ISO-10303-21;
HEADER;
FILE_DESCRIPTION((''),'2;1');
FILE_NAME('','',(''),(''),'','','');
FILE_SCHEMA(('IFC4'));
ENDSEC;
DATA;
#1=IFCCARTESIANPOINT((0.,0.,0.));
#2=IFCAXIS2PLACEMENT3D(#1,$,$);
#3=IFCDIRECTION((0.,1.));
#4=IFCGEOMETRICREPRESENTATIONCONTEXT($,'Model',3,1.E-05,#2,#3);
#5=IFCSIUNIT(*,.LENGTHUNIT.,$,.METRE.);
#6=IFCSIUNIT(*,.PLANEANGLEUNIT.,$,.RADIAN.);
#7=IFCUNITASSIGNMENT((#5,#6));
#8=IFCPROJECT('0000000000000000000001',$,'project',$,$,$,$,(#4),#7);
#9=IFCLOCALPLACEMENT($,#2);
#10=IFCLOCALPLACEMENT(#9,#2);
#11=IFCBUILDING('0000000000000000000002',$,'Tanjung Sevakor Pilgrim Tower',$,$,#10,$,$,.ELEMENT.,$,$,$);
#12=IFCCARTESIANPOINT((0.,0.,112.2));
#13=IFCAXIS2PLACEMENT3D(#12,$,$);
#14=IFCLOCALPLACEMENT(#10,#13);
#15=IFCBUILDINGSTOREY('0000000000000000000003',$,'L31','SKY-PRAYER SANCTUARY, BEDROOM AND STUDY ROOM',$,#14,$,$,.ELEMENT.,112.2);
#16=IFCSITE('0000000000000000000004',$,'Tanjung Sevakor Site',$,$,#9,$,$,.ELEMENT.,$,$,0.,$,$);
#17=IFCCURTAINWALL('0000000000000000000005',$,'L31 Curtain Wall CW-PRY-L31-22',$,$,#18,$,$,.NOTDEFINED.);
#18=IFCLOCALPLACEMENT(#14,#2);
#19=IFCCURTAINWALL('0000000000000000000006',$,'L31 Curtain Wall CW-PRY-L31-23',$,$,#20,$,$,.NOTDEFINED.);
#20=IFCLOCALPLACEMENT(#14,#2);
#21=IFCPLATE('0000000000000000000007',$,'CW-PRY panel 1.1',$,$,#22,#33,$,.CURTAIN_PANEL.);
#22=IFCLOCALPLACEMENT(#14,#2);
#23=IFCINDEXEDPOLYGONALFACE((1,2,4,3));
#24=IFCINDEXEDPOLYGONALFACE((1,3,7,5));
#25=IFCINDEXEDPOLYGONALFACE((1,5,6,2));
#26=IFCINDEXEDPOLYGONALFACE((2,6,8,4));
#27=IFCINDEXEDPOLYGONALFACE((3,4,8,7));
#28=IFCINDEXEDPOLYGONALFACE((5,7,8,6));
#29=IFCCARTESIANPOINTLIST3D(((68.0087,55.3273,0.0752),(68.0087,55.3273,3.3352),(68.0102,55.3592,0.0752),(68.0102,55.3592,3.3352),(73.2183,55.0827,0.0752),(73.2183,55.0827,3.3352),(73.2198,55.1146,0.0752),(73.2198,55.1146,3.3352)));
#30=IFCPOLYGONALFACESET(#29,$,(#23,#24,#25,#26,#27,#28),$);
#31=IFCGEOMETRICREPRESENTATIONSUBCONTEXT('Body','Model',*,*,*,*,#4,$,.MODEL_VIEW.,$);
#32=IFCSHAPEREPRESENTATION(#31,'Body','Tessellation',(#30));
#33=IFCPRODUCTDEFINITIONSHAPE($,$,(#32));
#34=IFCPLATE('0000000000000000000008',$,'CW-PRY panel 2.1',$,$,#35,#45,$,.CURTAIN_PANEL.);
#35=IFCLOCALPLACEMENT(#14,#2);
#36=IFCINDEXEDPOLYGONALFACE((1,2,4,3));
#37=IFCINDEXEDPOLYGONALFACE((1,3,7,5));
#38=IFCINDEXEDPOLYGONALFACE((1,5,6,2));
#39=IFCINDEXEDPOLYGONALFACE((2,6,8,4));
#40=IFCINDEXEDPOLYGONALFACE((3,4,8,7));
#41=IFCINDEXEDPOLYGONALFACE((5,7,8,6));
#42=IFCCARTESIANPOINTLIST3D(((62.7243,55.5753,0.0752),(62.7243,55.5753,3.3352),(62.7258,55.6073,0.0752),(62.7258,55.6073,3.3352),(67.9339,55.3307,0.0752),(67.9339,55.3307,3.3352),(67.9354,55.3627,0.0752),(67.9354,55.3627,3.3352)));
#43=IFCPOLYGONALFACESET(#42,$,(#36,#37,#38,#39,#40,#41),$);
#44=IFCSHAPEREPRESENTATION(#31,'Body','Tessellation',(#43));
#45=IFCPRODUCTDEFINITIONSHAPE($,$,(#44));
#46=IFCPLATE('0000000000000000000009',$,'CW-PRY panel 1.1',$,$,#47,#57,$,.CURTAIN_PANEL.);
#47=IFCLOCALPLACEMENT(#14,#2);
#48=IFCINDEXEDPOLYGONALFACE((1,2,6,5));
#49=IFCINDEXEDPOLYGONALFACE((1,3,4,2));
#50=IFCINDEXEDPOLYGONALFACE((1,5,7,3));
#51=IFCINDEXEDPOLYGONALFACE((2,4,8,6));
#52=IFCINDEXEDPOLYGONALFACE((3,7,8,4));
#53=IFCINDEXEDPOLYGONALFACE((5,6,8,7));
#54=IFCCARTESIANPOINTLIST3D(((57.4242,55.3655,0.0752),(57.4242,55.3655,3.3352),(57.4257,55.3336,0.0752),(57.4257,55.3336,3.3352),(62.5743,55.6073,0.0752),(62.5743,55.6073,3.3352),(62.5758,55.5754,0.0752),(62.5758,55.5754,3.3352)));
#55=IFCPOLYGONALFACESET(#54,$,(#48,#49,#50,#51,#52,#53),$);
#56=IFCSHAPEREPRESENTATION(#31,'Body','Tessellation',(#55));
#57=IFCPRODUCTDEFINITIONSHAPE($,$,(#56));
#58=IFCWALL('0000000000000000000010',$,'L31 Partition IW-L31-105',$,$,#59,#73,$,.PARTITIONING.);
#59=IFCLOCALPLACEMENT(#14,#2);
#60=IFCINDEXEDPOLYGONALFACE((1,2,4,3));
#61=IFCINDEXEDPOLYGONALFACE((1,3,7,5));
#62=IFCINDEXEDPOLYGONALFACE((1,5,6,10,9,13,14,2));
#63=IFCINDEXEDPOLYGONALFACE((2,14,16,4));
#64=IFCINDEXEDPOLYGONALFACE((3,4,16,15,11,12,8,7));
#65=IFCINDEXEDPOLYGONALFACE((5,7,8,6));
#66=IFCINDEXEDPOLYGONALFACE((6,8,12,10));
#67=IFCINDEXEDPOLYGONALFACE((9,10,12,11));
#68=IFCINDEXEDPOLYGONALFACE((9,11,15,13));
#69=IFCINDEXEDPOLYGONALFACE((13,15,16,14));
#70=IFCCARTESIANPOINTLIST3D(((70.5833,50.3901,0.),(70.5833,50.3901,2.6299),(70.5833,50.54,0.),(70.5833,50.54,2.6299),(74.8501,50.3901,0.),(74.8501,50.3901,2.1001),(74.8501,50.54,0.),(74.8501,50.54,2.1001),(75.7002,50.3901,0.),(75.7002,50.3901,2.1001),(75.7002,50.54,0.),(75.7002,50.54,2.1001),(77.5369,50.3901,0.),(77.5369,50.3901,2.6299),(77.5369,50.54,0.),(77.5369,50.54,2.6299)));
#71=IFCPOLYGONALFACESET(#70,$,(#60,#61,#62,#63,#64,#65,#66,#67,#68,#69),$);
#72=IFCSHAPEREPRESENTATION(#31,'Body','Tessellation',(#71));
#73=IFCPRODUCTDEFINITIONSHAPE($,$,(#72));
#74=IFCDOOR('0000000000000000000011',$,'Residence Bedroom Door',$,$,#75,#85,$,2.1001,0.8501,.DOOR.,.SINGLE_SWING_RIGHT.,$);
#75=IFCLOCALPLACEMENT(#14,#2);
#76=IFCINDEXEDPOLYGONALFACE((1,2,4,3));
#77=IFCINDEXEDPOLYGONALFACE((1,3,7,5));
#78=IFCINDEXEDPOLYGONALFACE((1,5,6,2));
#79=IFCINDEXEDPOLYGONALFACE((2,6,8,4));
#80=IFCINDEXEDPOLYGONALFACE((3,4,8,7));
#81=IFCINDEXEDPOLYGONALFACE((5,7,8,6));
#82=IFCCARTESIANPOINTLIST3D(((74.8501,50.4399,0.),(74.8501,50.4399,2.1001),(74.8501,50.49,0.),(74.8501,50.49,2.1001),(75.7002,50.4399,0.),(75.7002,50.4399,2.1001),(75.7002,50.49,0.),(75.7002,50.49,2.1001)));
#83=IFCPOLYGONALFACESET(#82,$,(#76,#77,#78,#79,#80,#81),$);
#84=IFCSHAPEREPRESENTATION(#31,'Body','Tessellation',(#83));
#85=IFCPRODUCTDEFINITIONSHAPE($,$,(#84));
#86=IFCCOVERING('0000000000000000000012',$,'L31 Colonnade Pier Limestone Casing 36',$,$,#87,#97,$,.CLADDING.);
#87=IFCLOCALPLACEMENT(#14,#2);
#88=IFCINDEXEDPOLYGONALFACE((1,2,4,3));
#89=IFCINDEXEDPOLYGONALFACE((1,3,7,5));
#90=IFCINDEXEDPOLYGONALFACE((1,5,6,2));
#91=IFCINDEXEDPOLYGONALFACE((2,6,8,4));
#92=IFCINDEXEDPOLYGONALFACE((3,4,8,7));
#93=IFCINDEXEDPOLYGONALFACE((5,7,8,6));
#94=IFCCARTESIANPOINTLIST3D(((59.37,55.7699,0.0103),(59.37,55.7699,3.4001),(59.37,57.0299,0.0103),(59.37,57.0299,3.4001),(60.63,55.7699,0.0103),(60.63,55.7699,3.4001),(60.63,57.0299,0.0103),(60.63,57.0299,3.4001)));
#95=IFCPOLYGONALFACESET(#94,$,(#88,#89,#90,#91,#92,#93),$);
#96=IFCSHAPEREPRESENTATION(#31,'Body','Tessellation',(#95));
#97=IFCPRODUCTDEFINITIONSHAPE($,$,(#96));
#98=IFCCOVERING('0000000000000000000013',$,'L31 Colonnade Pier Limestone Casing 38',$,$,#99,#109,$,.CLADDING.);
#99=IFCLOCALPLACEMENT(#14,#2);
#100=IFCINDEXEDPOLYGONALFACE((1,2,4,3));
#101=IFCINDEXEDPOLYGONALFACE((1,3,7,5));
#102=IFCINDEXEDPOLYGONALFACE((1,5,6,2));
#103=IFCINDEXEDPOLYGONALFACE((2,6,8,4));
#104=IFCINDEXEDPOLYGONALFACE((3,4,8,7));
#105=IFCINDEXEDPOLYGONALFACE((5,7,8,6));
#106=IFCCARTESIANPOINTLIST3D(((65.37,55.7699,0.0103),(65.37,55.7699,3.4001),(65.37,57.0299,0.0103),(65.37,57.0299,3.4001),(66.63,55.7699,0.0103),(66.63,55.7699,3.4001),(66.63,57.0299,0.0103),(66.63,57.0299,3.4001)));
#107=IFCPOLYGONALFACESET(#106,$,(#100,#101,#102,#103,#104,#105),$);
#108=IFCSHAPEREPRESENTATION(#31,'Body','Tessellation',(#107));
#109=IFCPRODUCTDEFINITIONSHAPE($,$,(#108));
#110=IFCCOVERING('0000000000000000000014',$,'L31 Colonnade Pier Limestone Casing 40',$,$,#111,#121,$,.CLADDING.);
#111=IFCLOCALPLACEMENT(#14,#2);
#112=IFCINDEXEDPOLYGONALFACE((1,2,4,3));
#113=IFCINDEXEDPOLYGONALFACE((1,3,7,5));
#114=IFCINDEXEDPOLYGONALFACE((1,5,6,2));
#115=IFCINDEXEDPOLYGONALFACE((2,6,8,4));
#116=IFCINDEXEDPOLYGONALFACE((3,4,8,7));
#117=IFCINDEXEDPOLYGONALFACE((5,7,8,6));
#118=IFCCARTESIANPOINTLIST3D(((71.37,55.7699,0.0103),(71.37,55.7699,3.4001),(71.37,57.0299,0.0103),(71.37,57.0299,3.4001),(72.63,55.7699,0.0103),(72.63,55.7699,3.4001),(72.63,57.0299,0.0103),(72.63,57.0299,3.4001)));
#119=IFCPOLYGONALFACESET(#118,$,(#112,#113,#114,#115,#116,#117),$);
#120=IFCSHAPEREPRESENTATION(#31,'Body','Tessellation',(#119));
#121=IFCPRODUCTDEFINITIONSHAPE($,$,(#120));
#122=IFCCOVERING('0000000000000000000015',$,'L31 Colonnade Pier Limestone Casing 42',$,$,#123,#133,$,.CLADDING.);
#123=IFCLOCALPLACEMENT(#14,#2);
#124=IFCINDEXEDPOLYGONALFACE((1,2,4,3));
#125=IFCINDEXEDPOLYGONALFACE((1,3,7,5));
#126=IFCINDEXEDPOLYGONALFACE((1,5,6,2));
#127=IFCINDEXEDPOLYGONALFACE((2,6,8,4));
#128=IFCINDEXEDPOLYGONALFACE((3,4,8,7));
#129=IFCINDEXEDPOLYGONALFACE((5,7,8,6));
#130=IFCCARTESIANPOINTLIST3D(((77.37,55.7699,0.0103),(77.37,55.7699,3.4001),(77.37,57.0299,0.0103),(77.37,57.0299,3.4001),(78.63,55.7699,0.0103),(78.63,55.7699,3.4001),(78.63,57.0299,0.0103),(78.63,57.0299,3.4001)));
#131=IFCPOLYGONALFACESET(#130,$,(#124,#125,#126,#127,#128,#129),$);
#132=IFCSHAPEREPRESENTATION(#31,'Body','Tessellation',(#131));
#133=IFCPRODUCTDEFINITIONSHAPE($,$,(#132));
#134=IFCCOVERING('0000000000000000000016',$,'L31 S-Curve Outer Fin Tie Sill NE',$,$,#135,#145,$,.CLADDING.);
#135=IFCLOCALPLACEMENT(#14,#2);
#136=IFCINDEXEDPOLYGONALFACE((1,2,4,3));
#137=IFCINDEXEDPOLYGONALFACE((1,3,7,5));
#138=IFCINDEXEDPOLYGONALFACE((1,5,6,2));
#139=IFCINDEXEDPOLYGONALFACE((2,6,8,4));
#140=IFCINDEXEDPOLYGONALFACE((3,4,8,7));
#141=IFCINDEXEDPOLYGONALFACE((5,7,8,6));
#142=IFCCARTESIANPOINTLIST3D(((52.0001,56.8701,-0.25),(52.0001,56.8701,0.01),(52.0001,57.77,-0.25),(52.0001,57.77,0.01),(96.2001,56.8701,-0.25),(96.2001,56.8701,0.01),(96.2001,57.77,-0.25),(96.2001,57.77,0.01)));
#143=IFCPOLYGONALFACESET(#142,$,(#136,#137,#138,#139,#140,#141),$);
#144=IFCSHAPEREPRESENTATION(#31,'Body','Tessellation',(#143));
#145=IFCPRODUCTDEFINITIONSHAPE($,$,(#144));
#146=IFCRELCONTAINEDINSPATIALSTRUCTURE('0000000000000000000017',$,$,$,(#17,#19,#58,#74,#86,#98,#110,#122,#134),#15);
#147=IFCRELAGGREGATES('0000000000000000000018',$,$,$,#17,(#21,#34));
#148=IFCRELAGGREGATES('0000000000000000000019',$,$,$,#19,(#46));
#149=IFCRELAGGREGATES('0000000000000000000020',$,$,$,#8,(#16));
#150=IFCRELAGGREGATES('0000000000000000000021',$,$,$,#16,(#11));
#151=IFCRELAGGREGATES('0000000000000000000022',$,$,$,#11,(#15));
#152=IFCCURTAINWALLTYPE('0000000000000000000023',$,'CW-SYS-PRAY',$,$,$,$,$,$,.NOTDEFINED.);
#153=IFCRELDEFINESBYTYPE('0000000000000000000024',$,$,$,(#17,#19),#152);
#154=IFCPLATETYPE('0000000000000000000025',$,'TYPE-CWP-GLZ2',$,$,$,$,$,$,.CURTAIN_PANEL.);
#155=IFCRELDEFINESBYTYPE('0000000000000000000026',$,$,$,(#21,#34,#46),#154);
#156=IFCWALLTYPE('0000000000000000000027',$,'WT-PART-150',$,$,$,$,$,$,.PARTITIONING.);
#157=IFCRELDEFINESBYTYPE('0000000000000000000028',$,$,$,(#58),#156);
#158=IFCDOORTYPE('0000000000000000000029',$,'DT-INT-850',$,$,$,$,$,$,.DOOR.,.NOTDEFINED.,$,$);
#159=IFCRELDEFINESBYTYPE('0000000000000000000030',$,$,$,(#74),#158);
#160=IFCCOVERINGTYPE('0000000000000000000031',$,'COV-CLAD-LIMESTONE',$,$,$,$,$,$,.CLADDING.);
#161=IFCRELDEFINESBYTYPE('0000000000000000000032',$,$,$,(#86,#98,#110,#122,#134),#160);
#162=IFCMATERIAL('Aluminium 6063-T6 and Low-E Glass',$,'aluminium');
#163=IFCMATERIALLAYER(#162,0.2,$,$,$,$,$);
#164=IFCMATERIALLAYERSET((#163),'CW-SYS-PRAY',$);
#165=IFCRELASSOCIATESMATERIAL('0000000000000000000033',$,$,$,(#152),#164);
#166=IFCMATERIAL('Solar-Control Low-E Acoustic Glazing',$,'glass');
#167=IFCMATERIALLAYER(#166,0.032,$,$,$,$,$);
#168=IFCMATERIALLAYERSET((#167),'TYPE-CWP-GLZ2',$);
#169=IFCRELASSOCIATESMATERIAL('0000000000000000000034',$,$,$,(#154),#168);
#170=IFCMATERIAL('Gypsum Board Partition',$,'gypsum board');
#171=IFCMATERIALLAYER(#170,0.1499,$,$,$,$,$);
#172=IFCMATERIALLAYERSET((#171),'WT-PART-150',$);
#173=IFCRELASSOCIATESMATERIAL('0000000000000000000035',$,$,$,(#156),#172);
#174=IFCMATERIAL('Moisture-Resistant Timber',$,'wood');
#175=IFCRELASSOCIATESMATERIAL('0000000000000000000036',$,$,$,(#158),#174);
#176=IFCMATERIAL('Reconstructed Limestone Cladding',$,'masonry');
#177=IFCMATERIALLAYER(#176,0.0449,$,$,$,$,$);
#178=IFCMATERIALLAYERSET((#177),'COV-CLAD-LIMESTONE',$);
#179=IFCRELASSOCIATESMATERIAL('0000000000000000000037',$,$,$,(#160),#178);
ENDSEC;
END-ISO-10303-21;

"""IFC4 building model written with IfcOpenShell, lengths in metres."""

from ifc_helpers import new_model, si_unit, direction, frame, frame_2d, origin, origin_2d, place, context, subcontext, project, spatial, rectangle, extrude, material, layer, layer_set, type_object, element, fill, aggregate, save


model = new_model("IFC4")

# Units and contexts
model_context = context("Model", 3, precision=1e-05, world=origin(), true_north=direction((0.0, 1.0)))
body_context = subcontext(model_context, "Body", "Model", "MODEL_VIEW")
ifc_project = project(units=[si_unit("LENGTHUNIT", "METRE"), si_unit("PLANEANGLEUNIT", "RADIAN")], contexts=[model_context])

# Site, building, storey
site_placement = place(None, origin())
site = spatial("IfcSite", under=ifc_project, at=site_placement, Name="Tanjung Sevakor Site", CompositionType="ELEMENT", RefElevation=0.0)
building_placement = place(site_placement, origin())
building = spatial("IfcBuilding", under=site, at=building_placement, Name="Tanjung Sevakor Pilgrim Tower", CompositionType="ELEMENT")
storey_placement = place(building_placement, frame((0.0, 0.0, 112.2)))
storey = spatial("IfcBuildingStorey", under=building, at=storey_placement, Name="L31", Description="SKY-PRAYER SANCTUARY, BEDROOM AND STUDY ROOM", CompositionType="ELEMENT", Elevation=112.2)

# Curtain wall
ifc_material_1 = material(Name="Aluminium 6063-T6 and Low-E Glass", Category="aluminium")
ifc_layer_1 = layer(ifc_material_1, 0.2)
ifc_layer_set_1 = layer_set([ifc_layer_1], Name="CW-SYS-PRAY")
curtain_wall_type = type_object("IfcCurtainWallType", Name="CW-SYS-PRAY", PredefinedType="NOTDEFINED", material=ifc_layer_set_1)
curtain_wall_1_placement = place(storey_placement, origin())
curtain_wall_1 = element("IfcCurtainWall", 1, at=curtain_wall_1_placement, inside=storey, type_object=curtain_wall_type, Name="L31 Curtain Wall CW-PRY-L31-22", PredefinedType="NOTDEFINED")

# Curtain wall
curtain_wall_2_placement = place(storey_placement, origin())
curtain_wall_2 = element("IfcCurtainWall", 2, at=curtain_wall_2_placement, inside=storey, type_object=curtain_wall_type, Name="L31 Curtain Wall CW-PRY-L31-23", PredefinedType="NOTDEFINED")

# Plates
ifc_material_2 = material(Name="Solar-Control Low-E Acoustic Glazing", Category="glass")
ifc_layer_2 = layer(ifc_material_2, 0.032)
ifc_layer_set_2 = layer_set([ifc_layer_2], Name="TYPE-CWP-GLZ2")
plate_type = type_object("IfcPlateType", Name="TYPE-CWP-GLZ2", PredefinedType="CURTAIN_PANEL", material=ifc_layer_set_2)
plate_1_placement = place(storey_placement, frame((70.6143, 55.2209, 0.0752), z_axis=(0.0, 0.0, 1.0), x_axis=(-0.998899, 0.046904, 0.0)))
plate_1 = element("IfcPlate", 3, at=plate_1_placement, type_object=plate_type, Name="CW-PRY panel 1.1", PredefinedType="CURTAIN_PANEL", context=body_context, shape_type="SweptSolid", body=[
    extrude(rectangle(XDim=5.2153, YDim=0.032, at=origin_2d()), origin(), (0.0, 0.0, 1.0), 3.26),
])
plate_2_placement = place(storey_placement, frame((65.3298, 55.469, 0.0752), z_axis=(0.0, 0.0, 1.0), x_axis=(-0.998899, 0.046904, 0.0)))
plate_2 = element("IfcPlate", 4, at=plate_2_placement, type_object=plate_type, Name="CW-PRY panel 2.1", PredefinedType="CURTAIN_PANEL", context=body_context, shape_type="SweptSolid", body=[
    extrude(rectangle(XDim=5.2153, YDim=0.032, at=origin_2d()), origin(), (0.0, 0.0, 1.0), 3.26),
])
aggregate(curtain_wall_1, [plate_1, plate_2])
plate_3_placement = place(storey_placement, frame((60.0, 55.4705, 0.0752), z_axis=(0.0, 0.0, 1.0), x_axis=(-0.998899, -0.046903, 0.0)))
plate_3 = element("IfcPlate", 5, at=plate_3_placement, type_object=plate_type, Name="CW-PRY panel 1.1", PredefinedType="CURTAIN_PANEL", context=body_context, shape_type="SweptSolid", body=[
    extrude(rectangle(XDim=5.1558, YDim=0.032, at=origin_2d()), origin(), (0.0, 0.0, 1.0), 3.26),
])
aggregate(curtain_wall_2, [plate_3])

# Wall, opening, door
ifc_material_3 = material(Name="Gypsum Board Partition", Category="gypsum board")
ifc_layer_3 = layer(ifc_material_3, 0.1499)
ifc_layer_set_3 = layer_set([ifc_layer_3], Name="WT-PART-150")
wall_type = type_object("IfcWallType", Name="WT-PART-150", PredefinedType="PARTITIONING", material=ifc_layer_set_3)
wall_placement = place(storey_placement, frame((70.5833, 50.4651, 0.0), z_axis=(0.0, 0.0, 1.0), x_axis=(1.0, 0.0, 0.0)))
wall = element("IfcWall", 6, at=wall_placement, inside=storey, type_object=wall_type, Name="L31 Partition IW-L31-105", PredefinedType="PARTITIONING", context=body_context, shape_type="SweptSolid", body=[
    extrude(rectangle(XDim=6.9536, YDim=0.1499, at=frame_2d((3.4768, 0.0))), origin(), (0.0, 0.0, 1.0), 2.6299),
])
opening_placement = place(wall_placement, frame((4.2668, 0.0, 0.0)))
opening = element("IfcOpeningElement", 7, at=opening_placement, cuts=wall, PredefinedType="OPENING", context=body_context, shape_type="SweptSolid", body=[
    extrude(rectangle(XDim=0.8501, YDim=2.1001, at=frame_2d((0.425, 1.05))), frame((0.0, 0.085, 0.0), z_axis=(0.0, -1.0, 0.0), x_axis=(1.0, 0.0, 0.0)), (0.0, 0.0, 1.0), 0.1699),
])
ifc_material_4 = material(Name="Moisture-Resistant Timber", Category="wood")
door_type = type_object("IfcDoorType", Name="DT-INT-850", OperationType="NOTDEFINED", PredefinedType="DOOR", material=ifc_material_4)
door_placement = place(opening_placement, origin())
door = element("IfcDoor", 8, at=door_placement, inside=storey, type_object=door_type, Name="Residence Bedroom Door", OperationType="SINGLE_SWING_RIGHT", OverallHeight=2.1001, OverallWidth=0.8501, PredefinedType="DOOR", context=body_context, shape_type="SweptSolid", body=[
    extrude(rectangle(XDim=0.8501, YDim=2.1001, at=frame_2d((0.425, 1.05))), frame((0.0, 0.0249, 0.0), z_axis=(0.0, -1.0, 0.0), x_axis=(1.0, 0.0, 0.0)), (0.0, 0.0, 1.0), 0.05),
])
fill(opening, door)

# Coverings
ifc_material_5 = material(Name="Reconstructed Limestone Cladding", Category="masonry")
ifc_layer_4 = layer(ifc_material_5, 0.0449)
ifc_layer_set_4 = layer_set([ifc_layer_4], Name="COV-CLAD-LIMESTONE")
covering_type = type_object("IfcCoveringType", Name="COV-CLAD-LIMESTONE", PredefinedType="CLADDING", material=ifc_layer_set_4)
for number, where, z_axis, x_axis, name in (
    (9, (60.0, 56.3999, 0.0103), (0.0, 0.0, 1.0), (1.0, 0.0, 0.0), "L31 Colonnade Pier Limestone Casing 36"),
    (10, (66.0, 56.3999, 0.0103), (0.0, 0.0, 1.0), (1.0, 0.0, 0.0), "L31 Colonnade Pier Limestone Casing 38"),
    (11, (72.0, 56.3999, 0.0103), (0.0, 0.0, 1.0), (1.0, 0.0, 0.0), "L31 Colonnade Pier Limestone Casing 40"),
    (12, (78.0, 56.3999, 0.0103), (0.0, 0.0, 1.0), (1.0, 0.0, 0.0), "L31 Colonnade Pier Limestone Casing 42"),
):
    element("IfcCovering", number, at=place(storey_placement, frame(where, z_axis=z_axis, x_axis=x_axis)), inside=storey, type_object=covering_type, Name=name, PredefinedType="CLADDING", context=body_context, shape_type="SweptSolid", body=[
        extrude(rectangle(XDim=1.26, YDim=1.26, at=origin_2d()), origin(), (0.0, 0.0, 1.0), 3.3899),
    ])
covering_placement = place(storey_placement, frame((74.1001, 57.3201, -0.25), z_axis=(0.0, 0.0, 1.0), x_axis=(1.0, 0.0, 0.0)))
element("IfcCovering", 13, at=covering_placement, inside=storey, type_object=covering_type, Name="L31 S-Curve Outer Fin Tie Sill NE", PredefinedType="CLADDING", context=body_context, shape_type="SweptSolid", body=[
    extrude(rectangle(XDim=44.2, YDim=0.8999, at=origin_2d()), origin(), (0.0, 0.0, 1.0), 0.26),
])

save(model, "model.ifc")
